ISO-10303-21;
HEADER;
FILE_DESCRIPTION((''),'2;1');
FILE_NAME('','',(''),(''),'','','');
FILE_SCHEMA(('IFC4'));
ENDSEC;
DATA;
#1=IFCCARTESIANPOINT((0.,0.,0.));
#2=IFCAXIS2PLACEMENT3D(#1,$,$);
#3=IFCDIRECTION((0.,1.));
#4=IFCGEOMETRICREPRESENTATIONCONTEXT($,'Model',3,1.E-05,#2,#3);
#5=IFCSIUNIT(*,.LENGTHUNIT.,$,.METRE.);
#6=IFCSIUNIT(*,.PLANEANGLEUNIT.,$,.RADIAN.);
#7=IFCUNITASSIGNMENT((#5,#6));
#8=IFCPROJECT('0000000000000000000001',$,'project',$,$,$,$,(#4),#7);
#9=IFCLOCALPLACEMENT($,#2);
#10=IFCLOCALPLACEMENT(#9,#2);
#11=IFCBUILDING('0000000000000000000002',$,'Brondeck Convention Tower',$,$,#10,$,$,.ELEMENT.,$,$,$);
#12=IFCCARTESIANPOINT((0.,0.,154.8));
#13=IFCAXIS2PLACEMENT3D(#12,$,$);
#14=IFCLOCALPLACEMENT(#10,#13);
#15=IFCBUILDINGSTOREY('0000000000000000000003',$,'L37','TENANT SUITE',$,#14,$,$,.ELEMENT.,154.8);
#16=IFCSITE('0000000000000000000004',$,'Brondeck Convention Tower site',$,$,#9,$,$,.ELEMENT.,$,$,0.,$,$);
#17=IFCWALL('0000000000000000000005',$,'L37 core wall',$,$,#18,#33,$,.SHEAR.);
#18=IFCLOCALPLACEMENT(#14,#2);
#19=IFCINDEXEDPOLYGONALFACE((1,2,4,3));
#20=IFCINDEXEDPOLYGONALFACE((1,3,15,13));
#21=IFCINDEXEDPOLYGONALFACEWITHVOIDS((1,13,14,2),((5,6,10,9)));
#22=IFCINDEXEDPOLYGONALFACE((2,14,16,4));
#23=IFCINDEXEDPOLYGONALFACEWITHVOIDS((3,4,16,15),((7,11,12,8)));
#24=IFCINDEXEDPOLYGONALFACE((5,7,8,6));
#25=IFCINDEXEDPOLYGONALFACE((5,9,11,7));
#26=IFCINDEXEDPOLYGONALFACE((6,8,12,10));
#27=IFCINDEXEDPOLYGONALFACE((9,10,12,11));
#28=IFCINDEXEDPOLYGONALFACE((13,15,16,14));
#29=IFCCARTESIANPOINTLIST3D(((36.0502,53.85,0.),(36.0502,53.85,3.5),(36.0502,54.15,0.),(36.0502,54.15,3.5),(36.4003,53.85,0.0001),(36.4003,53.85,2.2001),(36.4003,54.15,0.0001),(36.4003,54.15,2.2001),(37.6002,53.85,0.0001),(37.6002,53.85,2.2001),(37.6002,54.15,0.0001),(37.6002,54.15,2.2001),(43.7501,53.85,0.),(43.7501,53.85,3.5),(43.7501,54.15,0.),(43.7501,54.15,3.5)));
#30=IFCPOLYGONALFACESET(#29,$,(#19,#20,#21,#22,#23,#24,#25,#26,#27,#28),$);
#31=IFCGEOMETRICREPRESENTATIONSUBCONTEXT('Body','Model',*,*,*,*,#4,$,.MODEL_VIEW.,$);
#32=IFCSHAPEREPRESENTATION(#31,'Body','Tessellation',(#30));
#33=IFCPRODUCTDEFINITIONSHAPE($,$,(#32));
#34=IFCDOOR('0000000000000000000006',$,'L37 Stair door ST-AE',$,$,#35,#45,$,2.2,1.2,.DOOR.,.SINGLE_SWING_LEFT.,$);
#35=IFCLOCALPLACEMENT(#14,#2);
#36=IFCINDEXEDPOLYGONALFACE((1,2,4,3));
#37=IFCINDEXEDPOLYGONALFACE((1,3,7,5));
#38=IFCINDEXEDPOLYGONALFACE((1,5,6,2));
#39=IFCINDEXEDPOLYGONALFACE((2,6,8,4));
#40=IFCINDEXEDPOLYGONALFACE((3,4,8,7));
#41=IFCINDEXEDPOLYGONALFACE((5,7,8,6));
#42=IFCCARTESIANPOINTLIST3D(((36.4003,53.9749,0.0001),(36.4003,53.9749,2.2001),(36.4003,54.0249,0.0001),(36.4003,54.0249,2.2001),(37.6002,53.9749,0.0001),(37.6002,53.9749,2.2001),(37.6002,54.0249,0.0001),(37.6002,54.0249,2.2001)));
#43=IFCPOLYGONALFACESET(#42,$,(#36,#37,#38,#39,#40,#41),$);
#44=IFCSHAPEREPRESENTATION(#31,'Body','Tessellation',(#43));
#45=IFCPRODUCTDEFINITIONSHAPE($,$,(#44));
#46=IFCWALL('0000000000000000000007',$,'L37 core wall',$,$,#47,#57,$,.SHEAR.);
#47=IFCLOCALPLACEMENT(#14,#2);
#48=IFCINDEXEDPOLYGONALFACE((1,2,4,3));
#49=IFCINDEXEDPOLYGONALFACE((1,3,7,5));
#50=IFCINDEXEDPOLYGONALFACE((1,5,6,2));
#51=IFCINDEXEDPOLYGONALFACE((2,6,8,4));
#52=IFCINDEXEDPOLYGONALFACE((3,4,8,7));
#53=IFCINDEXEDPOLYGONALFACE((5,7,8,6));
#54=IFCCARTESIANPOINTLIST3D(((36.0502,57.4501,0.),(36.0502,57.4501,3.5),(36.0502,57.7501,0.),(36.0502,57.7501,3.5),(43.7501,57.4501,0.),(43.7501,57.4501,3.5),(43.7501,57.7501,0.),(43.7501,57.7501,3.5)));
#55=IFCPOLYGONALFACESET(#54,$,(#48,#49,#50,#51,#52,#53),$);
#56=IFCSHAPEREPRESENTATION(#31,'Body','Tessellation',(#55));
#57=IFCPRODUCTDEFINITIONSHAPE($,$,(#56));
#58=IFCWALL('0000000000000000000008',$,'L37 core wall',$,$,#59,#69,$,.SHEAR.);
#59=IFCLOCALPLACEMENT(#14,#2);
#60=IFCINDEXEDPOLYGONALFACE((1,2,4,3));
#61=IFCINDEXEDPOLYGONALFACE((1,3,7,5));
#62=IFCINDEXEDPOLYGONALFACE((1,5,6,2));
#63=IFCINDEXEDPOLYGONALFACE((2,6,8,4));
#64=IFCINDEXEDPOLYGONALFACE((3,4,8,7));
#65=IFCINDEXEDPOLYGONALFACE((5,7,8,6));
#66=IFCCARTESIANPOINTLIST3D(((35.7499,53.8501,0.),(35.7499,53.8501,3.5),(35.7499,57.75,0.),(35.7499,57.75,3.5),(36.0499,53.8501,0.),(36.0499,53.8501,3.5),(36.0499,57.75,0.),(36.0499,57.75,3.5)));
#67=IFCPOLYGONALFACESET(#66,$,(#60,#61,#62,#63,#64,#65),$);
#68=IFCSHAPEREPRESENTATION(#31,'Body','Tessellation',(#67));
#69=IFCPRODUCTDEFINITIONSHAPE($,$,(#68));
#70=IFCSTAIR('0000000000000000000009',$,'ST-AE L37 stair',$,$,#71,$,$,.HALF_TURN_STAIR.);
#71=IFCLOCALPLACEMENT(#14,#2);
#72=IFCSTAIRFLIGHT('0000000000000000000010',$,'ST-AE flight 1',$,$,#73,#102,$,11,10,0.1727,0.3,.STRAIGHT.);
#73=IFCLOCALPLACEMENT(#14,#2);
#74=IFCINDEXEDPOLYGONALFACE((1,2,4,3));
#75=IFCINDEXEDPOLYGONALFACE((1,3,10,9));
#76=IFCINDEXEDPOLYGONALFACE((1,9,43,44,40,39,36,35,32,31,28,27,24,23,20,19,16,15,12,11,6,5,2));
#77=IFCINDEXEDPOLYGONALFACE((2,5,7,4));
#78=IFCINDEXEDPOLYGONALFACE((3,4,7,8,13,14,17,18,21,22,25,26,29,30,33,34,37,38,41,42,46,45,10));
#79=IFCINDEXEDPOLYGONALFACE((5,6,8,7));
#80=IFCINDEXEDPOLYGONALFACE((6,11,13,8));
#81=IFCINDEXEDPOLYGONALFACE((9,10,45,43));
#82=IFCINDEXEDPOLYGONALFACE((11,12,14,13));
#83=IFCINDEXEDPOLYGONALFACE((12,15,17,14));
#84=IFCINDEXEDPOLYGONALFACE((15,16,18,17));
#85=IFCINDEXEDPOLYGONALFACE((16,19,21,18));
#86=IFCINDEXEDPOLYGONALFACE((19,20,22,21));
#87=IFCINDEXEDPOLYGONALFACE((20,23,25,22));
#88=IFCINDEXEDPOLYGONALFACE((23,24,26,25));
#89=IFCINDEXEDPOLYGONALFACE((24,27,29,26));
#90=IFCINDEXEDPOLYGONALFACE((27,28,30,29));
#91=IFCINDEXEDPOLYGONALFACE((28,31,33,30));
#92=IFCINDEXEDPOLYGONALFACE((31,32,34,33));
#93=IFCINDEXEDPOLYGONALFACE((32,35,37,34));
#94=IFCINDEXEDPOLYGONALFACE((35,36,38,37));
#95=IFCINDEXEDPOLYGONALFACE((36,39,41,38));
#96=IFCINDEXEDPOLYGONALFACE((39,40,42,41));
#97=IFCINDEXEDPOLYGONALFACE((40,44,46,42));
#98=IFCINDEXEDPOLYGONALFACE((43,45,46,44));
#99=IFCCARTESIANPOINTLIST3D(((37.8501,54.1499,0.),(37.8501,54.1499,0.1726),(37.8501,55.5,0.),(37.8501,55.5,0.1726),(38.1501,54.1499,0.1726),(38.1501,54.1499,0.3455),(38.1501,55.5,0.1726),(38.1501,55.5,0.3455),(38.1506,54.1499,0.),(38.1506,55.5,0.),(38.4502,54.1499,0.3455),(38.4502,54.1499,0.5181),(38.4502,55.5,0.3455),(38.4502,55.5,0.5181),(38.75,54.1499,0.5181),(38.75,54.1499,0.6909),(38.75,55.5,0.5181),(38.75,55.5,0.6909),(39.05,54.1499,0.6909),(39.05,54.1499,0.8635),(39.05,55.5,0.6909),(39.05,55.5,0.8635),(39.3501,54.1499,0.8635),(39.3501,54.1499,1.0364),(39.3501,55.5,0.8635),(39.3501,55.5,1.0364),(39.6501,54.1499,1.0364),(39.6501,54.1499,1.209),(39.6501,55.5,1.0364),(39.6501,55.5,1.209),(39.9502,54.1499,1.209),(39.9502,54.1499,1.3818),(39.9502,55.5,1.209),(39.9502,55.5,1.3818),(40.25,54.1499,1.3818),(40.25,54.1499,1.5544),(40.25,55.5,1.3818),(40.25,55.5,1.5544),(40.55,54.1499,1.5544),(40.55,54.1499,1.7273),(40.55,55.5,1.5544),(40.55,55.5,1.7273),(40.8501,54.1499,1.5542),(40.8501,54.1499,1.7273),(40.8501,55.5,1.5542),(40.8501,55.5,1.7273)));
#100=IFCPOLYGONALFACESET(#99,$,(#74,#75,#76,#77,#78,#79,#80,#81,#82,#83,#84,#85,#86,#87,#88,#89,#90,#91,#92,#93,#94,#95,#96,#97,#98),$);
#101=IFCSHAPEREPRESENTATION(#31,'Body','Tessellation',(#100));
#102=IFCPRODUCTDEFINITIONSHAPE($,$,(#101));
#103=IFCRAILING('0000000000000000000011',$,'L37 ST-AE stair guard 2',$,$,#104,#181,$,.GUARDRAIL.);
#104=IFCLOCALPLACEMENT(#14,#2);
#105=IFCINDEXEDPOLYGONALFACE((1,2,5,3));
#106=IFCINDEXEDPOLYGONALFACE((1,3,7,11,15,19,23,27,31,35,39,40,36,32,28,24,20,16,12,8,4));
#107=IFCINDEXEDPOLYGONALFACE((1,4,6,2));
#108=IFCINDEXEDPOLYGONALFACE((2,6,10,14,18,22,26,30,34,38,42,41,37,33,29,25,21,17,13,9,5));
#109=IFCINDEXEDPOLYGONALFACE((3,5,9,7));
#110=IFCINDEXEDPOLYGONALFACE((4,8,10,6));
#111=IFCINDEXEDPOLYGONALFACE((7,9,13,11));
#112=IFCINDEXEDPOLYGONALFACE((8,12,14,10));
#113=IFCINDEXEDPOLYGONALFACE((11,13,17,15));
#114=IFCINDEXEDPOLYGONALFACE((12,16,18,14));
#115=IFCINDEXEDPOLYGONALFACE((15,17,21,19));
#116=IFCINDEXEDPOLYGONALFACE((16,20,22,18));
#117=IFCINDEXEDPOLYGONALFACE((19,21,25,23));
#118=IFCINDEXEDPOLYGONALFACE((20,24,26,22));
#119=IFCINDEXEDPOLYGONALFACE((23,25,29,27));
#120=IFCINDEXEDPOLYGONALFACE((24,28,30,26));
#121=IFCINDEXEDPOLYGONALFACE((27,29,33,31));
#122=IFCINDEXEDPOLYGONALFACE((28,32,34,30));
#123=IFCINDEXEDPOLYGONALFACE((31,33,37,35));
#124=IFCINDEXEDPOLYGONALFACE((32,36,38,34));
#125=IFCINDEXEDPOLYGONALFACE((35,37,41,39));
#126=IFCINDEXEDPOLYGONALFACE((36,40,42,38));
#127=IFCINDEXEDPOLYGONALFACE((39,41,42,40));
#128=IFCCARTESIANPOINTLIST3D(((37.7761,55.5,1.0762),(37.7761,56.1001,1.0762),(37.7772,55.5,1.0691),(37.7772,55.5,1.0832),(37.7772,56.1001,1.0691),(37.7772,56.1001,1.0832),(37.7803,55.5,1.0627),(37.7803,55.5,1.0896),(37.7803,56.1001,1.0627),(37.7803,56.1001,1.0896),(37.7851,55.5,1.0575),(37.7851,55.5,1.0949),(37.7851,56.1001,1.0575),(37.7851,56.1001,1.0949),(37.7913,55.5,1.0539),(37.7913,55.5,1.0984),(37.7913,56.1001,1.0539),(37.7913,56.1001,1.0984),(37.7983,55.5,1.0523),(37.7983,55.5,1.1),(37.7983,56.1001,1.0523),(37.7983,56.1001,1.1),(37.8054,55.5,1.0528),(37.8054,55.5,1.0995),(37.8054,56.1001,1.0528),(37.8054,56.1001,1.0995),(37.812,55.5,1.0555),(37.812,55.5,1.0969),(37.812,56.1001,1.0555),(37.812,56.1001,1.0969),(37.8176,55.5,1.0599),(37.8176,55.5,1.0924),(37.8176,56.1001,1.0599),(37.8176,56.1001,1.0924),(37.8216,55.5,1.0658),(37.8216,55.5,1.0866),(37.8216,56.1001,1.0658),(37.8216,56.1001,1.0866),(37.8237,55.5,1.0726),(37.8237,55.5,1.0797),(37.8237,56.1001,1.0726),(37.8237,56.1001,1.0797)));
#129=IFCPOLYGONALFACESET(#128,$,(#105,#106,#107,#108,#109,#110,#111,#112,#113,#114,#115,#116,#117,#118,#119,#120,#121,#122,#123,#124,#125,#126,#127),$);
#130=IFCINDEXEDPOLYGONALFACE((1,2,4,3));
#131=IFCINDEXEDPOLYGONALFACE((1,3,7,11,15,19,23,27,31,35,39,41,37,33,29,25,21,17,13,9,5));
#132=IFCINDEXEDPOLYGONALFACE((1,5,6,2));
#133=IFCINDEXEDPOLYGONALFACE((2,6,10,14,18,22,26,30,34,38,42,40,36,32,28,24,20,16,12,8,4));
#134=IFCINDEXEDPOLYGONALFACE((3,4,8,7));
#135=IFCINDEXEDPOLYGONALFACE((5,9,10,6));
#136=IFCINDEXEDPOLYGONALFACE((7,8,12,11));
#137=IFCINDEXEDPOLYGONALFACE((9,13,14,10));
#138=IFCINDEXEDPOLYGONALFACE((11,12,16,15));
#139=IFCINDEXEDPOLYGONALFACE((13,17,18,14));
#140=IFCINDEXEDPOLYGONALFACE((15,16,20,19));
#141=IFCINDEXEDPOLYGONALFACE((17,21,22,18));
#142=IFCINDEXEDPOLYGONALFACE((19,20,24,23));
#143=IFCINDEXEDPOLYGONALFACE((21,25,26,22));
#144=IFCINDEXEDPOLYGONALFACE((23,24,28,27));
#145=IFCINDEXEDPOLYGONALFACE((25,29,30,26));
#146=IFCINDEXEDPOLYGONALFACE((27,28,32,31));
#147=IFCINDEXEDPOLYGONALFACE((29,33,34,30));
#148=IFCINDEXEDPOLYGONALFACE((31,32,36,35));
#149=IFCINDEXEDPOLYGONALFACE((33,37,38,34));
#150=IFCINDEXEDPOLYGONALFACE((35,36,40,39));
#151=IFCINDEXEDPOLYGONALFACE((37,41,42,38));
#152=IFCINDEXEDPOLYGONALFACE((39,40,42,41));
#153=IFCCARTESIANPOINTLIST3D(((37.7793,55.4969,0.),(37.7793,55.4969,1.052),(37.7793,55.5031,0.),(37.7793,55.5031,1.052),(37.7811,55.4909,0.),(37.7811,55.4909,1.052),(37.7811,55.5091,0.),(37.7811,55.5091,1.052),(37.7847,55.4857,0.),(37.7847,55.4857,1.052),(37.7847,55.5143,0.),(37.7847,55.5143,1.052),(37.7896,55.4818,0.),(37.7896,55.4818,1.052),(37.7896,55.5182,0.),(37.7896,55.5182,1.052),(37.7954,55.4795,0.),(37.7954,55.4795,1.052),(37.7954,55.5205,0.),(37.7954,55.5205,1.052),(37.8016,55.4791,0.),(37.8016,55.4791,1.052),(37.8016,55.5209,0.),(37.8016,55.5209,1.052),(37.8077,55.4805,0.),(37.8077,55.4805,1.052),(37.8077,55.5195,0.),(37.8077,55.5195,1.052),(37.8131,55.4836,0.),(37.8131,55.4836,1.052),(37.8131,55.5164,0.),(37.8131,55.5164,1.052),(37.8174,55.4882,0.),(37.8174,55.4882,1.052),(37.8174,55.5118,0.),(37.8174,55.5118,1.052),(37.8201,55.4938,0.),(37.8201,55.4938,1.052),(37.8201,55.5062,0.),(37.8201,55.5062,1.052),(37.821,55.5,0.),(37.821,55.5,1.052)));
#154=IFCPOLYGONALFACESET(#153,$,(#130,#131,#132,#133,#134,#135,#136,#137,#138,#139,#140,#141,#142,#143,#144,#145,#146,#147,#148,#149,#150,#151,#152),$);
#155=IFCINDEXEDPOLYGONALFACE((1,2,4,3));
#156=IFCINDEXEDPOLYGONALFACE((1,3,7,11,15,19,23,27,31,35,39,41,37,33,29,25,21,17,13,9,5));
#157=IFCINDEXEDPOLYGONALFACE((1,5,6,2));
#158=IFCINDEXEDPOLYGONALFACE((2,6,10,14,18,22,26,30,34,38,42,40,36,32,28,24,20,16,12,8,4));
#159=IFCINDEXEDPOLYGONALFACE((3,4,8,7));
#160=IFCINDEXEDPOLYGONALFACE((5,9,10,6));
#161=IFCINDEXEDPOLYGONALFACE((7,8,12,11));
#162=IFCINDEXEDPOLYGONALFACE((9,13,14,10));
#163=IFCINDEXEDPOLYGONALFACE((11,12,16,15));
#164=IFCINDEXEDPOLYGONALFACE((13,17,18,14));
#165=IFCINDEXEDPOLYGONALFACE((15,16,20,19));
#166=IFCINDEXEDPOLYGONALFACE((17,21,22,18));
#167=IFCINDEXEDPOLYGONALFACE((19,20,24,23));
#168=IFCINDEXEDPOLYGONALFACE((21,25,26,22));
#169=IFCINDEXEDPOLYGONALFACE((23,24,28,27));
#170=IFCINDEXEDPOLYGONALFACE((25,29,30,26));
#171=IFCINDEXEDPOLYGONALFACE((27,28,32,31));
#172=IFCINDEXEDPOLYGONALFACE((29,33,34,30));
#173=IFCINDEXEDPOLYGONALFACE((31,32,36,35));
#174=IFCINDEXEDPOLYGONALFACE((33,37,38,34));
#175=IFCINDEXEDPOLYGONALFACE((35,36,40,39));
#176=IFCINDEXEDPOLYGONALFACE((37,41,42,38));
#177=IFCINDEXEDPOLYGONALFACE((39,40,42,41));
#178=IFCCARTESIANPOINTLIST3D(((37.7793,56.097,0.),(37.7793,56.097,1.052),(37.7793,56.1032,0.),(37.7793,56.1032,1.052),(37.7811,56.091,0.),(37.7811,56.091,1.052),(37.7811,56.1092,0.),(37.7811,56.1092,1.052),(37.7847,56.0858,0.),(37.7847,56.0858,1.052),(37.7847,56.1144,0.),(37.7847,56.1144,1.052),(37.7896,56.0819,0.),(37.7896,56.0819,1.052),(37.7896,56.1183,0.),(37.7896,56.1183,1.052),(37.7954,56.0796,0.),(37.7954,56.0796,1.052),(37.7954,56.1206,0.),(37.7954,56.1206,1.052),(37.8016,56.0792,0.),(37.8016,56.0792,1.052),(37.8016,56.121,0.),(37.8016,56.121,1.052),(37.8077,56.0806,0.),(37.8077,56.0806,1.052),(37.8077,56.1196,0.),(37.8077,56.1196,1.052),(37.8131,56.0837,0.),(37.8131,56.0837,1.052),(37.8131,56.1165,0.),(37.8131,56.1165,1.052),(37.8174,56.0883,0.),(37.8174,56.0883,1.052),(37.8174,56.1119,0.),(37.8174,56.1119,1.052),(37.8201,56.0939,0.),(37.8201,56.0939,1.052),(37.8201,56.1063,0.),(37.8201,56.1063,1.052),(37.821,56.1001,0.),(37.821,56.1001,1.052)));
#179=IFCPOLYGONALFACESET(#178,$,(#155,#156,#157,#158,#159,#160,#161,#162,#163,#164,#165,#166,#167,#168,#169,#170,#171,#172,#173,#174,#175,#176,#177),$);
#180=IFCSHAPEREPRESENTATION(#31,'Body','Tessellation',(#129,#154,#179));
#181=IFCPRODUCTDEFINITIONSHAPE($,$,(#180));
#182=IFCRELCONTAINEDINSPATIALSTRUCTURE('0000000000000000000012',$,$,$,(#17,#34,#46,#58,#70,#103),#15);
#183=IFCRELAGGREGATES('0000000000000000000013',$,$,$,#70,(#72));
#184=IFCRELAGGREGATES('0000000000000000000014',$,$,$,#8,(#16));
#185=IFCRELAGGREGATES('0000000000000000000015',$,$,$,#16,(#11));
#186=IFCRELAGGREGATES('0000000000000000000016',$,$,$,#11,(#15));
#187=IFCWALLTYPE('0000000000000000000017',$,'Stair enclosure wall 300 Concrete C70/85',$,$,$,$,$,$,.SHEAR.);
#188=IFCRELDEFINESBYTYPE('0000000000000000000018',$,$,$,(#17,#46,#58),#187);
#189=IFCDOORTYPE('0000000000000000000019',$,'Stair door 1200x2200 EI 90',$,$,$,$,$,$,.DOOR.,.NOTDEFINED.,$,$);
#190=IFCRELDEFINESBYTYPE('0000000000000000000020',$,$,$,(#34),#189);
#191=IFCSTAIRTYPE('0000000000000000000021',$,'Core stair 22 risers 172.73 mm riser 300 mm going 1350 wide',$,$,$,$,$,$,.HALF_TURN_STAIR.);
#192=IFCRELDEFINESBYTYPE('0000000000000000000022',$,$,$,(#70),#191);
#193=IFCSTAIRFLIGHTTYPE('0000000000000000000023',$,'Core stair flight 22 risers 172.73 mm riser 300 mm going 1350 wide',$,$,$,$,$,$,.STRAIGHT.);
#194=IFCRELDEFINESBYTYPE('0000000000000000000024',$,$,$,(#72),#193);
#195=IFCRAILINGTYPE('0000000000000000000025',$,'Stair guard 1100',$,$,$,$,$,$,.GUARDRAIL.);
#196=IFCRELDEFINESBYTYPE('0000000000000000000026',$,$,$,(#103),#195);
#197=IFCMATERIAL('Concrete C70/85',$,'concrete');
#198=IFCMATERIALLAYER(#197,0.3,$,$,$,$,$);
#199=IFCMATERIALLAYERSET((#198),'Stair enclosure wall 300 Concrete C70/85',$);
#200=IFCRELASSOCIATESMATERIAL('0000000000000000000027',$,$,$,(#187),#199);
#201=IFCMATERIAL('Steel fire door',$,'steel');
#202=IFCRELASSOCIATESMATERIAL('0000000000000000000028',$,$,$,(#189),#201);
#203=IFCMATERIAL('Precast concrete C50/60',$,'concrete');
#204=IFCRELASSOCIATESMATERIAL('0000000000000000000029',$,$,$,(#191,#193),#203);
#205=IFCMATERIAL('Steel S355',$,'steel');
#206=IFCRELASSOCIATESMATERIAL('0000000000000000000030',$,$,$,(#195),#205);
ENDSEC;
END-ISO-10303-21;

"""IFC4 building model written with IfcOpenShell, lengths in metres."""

from ifc_helpers import new_model, si_unit, direction, frame, frame_2d, origin, origin_2d, place, context, subcontext, project, spatial, polyline, rectangle, circle, outline, extrude, material, layer, layer_set, type_object, element, fill, aggregate, save


model = new_model("IFC4")

# Units and contexts
model_context = context("Model", 3, precision=1e-05, world=origin(), true_north=direction((0.0, 1.0)))
body_context = subcontext(model_context, "Body", "Model", "MODEL_VIEW")
ifc_project = project(units=[si_unit("LENGTHUNIT", "METRE"), si_unit("PLANEANGLEUNIT", "RADIAN")], contexts=[model_context])

# Site, building, storey
site_placement = place(None, origin())
site = spatial("IfcSite", under=ifc_project, at=site_placement, Name="Brondeck Convention Tower site", CompositionType="ELEMENT", RefElevation=0.0)
building_placement = place(site_placement, origin())
building = spatial("IfcBuilding", under=site, at=building_placement, Name="Brondeck Convention Tower", CompositionType="ELEMENT")
storey_placement = place(building_placement, frame((0.0, 0.0, 154.8)))
storey = spatial("IfcBuildingStorey", under=building, at=storey_placement, Name="L37", Description="TENANT SUITE", CompositionType="ELEMENT", Elevation=154.8)

# Shared definitions
ifc_material_1 = material(Name="Concrete C70/85", Category="concrete")

# Shared definitions
ifc_material_2 = material(Name="Steel S355", Category="steel")

# Wall, opening, door
ifc_layer_1 = layer(ifc_material_1, 0.3)
ifc_layer_set_1 = layer_set([ifc_layer_1], Name="Stair enclosure wall 300 Concrete C70/85")
wall_type_1 = type_object("IfcWallType", Name="Stair enclosure wall 300 Concrete C70/85", PredefinedType="SHEAR", material=ifc_layer_set_1)
wall_1_placement = place(storey_placement, frame((36.05, 54.0, 0.0), z_axis=(0.0, 0.0, 1.0), x_axis=(1.0, 0.0, 0.0)))
wall_1 = element("IfcWall", 1, at=wall_1_placement, inside=storey, type_object=wall_type_1, Name="L37 core wall", PredefinedType="SHEAR", context=body_context, shape_type="SweptSolid", body=[
    extrude(rectangle(XDim=7.7, YDim=0.3, at=frame_2d((3.8501, 0.0))), origin(), (0.0, 0.0, 1.0), 3.5),
])
opening_1_placement = place(wall_1_placement, frame((0.3501, 0.0, 0.0)))
opening_1 = element("IfcOpeningElement", 2, at=opening_1_placement, cuts=wall_1, PredefinedType="OPENING", context=body_context, shape_type="SweptSolid", body=[
    extrude(rectangle(XDim=1.2, YDim=2.2, at=frame_2d((0.6001, 1.1001))), frame((0.0, 0.1599, 0.0), z_axis=(0.0, -1.0, 0.0), x_axis=(1.0, 0.0, 0.0)), (0.0, 0.0, 1.0), 0.3201),
])
ifc_material_3 = material(Name="Steel fire door", Category="steel")
door_type = type_object("IfcDoorType", Name="Stair door 1200x2200 EI 90", OperationType="NOTDEFINED", PredefinedType="DOOR", material=ifc_material_3)
door_placement = place(opening_1_placement, origin())
door = element("IfcDoor", 3, at=door_placement, inside=storey, type_object=door_type, Name="L37 Stair door ST-AE", OperationType="SINGLE_SWING_LEFT", OverallHeight=2.2, OverallWidth=1.2, PredefinedType="DOOR", context=body_context, shape_type="SweptSolid", body=[
    extrude(rectangle(XDim=1.2, YDim=2.2, at=frame_2d((0.6001, 1.1001))), frame((0.0, 0.0249, 0.0), z_axis=(0.0, -1.0, 0.0), x_axis=(1.0, 0.0, 0.0)), (0.0, 0.0, 1.0), 0.05),
])
fill(opening_1, door)

# Walls
wall_2_placement = place(storey_placement, frame((36.05, 57.6001, 0.0), z_axis=(0.0, 0.0, 1.0), x_axis=(1.0, 0.0, 0.0)))
element("IfcWall", 4, at=wall_2_placement, inside=storey, type_object=wall_type_1, Name="L37 core wall", PredefinedType="SHEAR", context=body_context, shape_type="SweptSolid", body=[
    extrude(rectangle(XDim=7.7, YDim=0.3, at=frame_2d((3.8501, 0.0))), origin(), (0.0, 0.0, 1.0), 3.5),
])
wall_3_placement = place(storey_placement, frame((35.8999, 53.8501, 0.0), z_axis=(0.0, 0.0, 1.0), x_axis=(0.0, 1.0, 0.0)))
element("IfcWall", 5, at=wall_3_placement, inside=storey, type_object=wall_type_1, Name="L37 core wall", PredefinedType="SHEAR", context=body_context, shape_type="SweptSolid", body=[
    extrude(rectangle(XDim=3.8999, YDim=0.3, at=frame_2d((1.95, 0.0))), origin(), (0.0, 0.0, 1.0), 3.5),
])

# Stair, stair flight
ifc_material_4 = material(Name="Precast concrete C50/60", Category="concrete")
stair_type = type_object("IfcStairType", Name="Core stair 22 risers 172.73 mm riser 300 mm going 1350 wide", PredefinedType="HALF_TURN_STAIR", material=ifc_material_4)
stair_placement = place(storey_placement, origin())
stair = element("IfcStair", 6, at=stair_placement, inside=storey, type_object=stair_type, Name="ST-AE L37 stair", PredefinedType="HALF_TURN_STAIR")
stair_flight_type = type_object("IfcStairFlightType", Name="Core stair flight 22 risers 172.73 mm riser 300 mm going 1350 wide", PredefinedType="STRAIGHT", material=ifc_material_4)
stair_flight_placement = place(storey_placement, frame((37.8501, 54.825, 0.0), z_axis=(0.0, 0.0, 1.0), x_axis=(1.0, 0.0, 0.0)))
stair_flight = element("IfcStairFlight", 7, at=stair_flight_placement, type_object=stair_flight_type, Name="ST-AE flight 1", NumberOfRisers=11, NumberOfTreads=10, PredefinedType="STRAIGHT", RiserHeight=0.1727, TreadLength=0.3, context=body_context, shape_type="SweptSolid", body=[
    extrude(outline(polyline([(0.0, 0.0), (0.0, 0.1726), (0.3, 0.1726), (0.3, 0.3455), (0.6001, 0.3455), (0.6001, 0.5181), (0.8999, 0.5181), (0.8999, 0.6909), (1.2, 0.6909), (1.2, 0.8635), (1.5, 0.8635), (1.5, 1.0364), (1.8, 1.0364), (1.8, 1.209), (2.1001, 1.209), (2.1001, 1.3818), (2.3999, 1.3818), (2.3999, 1.5544), (2.7, 1.5544), (2.7, 1.7273), (3.0, 1.7273), (3.0, 1.8999), (3.0, 1.5542), (0.3005, 0.0), (0.0, 0.0)])), frame((0.0, 0.675, 0.0), z_axis=(0.0, -1.0, 0.0), x_axis=(1.0, 0.0, 0.0)), (0.0, 0.0, 1.0), 1.3501),
])
aggregate(stair, [stair_flight])

# Railing
railing_type_1 = type_object("IfcRailingType", Name="Stair guard 1100", PredefinedType="GUARDRAIL", material=ifc_material_2)
railing_1_placement = place(storey_placement, frame((37.8, 55.5, 0.0)))
element("IfcRailing", 8, at=railing_1_placement, inside=storey, type_object=railing_type_1, Name="L37 ST-AE stair guard 2", PredefinedType="GUARDRAIL", context=body_context, shape_type="SweptSolid", body=[
    extrude(circle(Radius=0.0239, at=origin_2d()), frame((0.0, 0.0, 1.0762), z_axis=(0.0, 1.0, 0.0), x_axis=(-1.0, 0.0, 0.0)), (0.0, 0.0, 1.0), 0.6001),
    extrude(circle(Radius=0.021, at=origin_2d()), origin(), (0.0, 0.0, 1.0), 1.052),
    extrude(circle(Radius=0.021, at=origin_2d()), frame((0.0, 0.6001, 0.0)), (0.0, 0.0, 1.0), 1.052),
])

save(model, "model.ifc")
